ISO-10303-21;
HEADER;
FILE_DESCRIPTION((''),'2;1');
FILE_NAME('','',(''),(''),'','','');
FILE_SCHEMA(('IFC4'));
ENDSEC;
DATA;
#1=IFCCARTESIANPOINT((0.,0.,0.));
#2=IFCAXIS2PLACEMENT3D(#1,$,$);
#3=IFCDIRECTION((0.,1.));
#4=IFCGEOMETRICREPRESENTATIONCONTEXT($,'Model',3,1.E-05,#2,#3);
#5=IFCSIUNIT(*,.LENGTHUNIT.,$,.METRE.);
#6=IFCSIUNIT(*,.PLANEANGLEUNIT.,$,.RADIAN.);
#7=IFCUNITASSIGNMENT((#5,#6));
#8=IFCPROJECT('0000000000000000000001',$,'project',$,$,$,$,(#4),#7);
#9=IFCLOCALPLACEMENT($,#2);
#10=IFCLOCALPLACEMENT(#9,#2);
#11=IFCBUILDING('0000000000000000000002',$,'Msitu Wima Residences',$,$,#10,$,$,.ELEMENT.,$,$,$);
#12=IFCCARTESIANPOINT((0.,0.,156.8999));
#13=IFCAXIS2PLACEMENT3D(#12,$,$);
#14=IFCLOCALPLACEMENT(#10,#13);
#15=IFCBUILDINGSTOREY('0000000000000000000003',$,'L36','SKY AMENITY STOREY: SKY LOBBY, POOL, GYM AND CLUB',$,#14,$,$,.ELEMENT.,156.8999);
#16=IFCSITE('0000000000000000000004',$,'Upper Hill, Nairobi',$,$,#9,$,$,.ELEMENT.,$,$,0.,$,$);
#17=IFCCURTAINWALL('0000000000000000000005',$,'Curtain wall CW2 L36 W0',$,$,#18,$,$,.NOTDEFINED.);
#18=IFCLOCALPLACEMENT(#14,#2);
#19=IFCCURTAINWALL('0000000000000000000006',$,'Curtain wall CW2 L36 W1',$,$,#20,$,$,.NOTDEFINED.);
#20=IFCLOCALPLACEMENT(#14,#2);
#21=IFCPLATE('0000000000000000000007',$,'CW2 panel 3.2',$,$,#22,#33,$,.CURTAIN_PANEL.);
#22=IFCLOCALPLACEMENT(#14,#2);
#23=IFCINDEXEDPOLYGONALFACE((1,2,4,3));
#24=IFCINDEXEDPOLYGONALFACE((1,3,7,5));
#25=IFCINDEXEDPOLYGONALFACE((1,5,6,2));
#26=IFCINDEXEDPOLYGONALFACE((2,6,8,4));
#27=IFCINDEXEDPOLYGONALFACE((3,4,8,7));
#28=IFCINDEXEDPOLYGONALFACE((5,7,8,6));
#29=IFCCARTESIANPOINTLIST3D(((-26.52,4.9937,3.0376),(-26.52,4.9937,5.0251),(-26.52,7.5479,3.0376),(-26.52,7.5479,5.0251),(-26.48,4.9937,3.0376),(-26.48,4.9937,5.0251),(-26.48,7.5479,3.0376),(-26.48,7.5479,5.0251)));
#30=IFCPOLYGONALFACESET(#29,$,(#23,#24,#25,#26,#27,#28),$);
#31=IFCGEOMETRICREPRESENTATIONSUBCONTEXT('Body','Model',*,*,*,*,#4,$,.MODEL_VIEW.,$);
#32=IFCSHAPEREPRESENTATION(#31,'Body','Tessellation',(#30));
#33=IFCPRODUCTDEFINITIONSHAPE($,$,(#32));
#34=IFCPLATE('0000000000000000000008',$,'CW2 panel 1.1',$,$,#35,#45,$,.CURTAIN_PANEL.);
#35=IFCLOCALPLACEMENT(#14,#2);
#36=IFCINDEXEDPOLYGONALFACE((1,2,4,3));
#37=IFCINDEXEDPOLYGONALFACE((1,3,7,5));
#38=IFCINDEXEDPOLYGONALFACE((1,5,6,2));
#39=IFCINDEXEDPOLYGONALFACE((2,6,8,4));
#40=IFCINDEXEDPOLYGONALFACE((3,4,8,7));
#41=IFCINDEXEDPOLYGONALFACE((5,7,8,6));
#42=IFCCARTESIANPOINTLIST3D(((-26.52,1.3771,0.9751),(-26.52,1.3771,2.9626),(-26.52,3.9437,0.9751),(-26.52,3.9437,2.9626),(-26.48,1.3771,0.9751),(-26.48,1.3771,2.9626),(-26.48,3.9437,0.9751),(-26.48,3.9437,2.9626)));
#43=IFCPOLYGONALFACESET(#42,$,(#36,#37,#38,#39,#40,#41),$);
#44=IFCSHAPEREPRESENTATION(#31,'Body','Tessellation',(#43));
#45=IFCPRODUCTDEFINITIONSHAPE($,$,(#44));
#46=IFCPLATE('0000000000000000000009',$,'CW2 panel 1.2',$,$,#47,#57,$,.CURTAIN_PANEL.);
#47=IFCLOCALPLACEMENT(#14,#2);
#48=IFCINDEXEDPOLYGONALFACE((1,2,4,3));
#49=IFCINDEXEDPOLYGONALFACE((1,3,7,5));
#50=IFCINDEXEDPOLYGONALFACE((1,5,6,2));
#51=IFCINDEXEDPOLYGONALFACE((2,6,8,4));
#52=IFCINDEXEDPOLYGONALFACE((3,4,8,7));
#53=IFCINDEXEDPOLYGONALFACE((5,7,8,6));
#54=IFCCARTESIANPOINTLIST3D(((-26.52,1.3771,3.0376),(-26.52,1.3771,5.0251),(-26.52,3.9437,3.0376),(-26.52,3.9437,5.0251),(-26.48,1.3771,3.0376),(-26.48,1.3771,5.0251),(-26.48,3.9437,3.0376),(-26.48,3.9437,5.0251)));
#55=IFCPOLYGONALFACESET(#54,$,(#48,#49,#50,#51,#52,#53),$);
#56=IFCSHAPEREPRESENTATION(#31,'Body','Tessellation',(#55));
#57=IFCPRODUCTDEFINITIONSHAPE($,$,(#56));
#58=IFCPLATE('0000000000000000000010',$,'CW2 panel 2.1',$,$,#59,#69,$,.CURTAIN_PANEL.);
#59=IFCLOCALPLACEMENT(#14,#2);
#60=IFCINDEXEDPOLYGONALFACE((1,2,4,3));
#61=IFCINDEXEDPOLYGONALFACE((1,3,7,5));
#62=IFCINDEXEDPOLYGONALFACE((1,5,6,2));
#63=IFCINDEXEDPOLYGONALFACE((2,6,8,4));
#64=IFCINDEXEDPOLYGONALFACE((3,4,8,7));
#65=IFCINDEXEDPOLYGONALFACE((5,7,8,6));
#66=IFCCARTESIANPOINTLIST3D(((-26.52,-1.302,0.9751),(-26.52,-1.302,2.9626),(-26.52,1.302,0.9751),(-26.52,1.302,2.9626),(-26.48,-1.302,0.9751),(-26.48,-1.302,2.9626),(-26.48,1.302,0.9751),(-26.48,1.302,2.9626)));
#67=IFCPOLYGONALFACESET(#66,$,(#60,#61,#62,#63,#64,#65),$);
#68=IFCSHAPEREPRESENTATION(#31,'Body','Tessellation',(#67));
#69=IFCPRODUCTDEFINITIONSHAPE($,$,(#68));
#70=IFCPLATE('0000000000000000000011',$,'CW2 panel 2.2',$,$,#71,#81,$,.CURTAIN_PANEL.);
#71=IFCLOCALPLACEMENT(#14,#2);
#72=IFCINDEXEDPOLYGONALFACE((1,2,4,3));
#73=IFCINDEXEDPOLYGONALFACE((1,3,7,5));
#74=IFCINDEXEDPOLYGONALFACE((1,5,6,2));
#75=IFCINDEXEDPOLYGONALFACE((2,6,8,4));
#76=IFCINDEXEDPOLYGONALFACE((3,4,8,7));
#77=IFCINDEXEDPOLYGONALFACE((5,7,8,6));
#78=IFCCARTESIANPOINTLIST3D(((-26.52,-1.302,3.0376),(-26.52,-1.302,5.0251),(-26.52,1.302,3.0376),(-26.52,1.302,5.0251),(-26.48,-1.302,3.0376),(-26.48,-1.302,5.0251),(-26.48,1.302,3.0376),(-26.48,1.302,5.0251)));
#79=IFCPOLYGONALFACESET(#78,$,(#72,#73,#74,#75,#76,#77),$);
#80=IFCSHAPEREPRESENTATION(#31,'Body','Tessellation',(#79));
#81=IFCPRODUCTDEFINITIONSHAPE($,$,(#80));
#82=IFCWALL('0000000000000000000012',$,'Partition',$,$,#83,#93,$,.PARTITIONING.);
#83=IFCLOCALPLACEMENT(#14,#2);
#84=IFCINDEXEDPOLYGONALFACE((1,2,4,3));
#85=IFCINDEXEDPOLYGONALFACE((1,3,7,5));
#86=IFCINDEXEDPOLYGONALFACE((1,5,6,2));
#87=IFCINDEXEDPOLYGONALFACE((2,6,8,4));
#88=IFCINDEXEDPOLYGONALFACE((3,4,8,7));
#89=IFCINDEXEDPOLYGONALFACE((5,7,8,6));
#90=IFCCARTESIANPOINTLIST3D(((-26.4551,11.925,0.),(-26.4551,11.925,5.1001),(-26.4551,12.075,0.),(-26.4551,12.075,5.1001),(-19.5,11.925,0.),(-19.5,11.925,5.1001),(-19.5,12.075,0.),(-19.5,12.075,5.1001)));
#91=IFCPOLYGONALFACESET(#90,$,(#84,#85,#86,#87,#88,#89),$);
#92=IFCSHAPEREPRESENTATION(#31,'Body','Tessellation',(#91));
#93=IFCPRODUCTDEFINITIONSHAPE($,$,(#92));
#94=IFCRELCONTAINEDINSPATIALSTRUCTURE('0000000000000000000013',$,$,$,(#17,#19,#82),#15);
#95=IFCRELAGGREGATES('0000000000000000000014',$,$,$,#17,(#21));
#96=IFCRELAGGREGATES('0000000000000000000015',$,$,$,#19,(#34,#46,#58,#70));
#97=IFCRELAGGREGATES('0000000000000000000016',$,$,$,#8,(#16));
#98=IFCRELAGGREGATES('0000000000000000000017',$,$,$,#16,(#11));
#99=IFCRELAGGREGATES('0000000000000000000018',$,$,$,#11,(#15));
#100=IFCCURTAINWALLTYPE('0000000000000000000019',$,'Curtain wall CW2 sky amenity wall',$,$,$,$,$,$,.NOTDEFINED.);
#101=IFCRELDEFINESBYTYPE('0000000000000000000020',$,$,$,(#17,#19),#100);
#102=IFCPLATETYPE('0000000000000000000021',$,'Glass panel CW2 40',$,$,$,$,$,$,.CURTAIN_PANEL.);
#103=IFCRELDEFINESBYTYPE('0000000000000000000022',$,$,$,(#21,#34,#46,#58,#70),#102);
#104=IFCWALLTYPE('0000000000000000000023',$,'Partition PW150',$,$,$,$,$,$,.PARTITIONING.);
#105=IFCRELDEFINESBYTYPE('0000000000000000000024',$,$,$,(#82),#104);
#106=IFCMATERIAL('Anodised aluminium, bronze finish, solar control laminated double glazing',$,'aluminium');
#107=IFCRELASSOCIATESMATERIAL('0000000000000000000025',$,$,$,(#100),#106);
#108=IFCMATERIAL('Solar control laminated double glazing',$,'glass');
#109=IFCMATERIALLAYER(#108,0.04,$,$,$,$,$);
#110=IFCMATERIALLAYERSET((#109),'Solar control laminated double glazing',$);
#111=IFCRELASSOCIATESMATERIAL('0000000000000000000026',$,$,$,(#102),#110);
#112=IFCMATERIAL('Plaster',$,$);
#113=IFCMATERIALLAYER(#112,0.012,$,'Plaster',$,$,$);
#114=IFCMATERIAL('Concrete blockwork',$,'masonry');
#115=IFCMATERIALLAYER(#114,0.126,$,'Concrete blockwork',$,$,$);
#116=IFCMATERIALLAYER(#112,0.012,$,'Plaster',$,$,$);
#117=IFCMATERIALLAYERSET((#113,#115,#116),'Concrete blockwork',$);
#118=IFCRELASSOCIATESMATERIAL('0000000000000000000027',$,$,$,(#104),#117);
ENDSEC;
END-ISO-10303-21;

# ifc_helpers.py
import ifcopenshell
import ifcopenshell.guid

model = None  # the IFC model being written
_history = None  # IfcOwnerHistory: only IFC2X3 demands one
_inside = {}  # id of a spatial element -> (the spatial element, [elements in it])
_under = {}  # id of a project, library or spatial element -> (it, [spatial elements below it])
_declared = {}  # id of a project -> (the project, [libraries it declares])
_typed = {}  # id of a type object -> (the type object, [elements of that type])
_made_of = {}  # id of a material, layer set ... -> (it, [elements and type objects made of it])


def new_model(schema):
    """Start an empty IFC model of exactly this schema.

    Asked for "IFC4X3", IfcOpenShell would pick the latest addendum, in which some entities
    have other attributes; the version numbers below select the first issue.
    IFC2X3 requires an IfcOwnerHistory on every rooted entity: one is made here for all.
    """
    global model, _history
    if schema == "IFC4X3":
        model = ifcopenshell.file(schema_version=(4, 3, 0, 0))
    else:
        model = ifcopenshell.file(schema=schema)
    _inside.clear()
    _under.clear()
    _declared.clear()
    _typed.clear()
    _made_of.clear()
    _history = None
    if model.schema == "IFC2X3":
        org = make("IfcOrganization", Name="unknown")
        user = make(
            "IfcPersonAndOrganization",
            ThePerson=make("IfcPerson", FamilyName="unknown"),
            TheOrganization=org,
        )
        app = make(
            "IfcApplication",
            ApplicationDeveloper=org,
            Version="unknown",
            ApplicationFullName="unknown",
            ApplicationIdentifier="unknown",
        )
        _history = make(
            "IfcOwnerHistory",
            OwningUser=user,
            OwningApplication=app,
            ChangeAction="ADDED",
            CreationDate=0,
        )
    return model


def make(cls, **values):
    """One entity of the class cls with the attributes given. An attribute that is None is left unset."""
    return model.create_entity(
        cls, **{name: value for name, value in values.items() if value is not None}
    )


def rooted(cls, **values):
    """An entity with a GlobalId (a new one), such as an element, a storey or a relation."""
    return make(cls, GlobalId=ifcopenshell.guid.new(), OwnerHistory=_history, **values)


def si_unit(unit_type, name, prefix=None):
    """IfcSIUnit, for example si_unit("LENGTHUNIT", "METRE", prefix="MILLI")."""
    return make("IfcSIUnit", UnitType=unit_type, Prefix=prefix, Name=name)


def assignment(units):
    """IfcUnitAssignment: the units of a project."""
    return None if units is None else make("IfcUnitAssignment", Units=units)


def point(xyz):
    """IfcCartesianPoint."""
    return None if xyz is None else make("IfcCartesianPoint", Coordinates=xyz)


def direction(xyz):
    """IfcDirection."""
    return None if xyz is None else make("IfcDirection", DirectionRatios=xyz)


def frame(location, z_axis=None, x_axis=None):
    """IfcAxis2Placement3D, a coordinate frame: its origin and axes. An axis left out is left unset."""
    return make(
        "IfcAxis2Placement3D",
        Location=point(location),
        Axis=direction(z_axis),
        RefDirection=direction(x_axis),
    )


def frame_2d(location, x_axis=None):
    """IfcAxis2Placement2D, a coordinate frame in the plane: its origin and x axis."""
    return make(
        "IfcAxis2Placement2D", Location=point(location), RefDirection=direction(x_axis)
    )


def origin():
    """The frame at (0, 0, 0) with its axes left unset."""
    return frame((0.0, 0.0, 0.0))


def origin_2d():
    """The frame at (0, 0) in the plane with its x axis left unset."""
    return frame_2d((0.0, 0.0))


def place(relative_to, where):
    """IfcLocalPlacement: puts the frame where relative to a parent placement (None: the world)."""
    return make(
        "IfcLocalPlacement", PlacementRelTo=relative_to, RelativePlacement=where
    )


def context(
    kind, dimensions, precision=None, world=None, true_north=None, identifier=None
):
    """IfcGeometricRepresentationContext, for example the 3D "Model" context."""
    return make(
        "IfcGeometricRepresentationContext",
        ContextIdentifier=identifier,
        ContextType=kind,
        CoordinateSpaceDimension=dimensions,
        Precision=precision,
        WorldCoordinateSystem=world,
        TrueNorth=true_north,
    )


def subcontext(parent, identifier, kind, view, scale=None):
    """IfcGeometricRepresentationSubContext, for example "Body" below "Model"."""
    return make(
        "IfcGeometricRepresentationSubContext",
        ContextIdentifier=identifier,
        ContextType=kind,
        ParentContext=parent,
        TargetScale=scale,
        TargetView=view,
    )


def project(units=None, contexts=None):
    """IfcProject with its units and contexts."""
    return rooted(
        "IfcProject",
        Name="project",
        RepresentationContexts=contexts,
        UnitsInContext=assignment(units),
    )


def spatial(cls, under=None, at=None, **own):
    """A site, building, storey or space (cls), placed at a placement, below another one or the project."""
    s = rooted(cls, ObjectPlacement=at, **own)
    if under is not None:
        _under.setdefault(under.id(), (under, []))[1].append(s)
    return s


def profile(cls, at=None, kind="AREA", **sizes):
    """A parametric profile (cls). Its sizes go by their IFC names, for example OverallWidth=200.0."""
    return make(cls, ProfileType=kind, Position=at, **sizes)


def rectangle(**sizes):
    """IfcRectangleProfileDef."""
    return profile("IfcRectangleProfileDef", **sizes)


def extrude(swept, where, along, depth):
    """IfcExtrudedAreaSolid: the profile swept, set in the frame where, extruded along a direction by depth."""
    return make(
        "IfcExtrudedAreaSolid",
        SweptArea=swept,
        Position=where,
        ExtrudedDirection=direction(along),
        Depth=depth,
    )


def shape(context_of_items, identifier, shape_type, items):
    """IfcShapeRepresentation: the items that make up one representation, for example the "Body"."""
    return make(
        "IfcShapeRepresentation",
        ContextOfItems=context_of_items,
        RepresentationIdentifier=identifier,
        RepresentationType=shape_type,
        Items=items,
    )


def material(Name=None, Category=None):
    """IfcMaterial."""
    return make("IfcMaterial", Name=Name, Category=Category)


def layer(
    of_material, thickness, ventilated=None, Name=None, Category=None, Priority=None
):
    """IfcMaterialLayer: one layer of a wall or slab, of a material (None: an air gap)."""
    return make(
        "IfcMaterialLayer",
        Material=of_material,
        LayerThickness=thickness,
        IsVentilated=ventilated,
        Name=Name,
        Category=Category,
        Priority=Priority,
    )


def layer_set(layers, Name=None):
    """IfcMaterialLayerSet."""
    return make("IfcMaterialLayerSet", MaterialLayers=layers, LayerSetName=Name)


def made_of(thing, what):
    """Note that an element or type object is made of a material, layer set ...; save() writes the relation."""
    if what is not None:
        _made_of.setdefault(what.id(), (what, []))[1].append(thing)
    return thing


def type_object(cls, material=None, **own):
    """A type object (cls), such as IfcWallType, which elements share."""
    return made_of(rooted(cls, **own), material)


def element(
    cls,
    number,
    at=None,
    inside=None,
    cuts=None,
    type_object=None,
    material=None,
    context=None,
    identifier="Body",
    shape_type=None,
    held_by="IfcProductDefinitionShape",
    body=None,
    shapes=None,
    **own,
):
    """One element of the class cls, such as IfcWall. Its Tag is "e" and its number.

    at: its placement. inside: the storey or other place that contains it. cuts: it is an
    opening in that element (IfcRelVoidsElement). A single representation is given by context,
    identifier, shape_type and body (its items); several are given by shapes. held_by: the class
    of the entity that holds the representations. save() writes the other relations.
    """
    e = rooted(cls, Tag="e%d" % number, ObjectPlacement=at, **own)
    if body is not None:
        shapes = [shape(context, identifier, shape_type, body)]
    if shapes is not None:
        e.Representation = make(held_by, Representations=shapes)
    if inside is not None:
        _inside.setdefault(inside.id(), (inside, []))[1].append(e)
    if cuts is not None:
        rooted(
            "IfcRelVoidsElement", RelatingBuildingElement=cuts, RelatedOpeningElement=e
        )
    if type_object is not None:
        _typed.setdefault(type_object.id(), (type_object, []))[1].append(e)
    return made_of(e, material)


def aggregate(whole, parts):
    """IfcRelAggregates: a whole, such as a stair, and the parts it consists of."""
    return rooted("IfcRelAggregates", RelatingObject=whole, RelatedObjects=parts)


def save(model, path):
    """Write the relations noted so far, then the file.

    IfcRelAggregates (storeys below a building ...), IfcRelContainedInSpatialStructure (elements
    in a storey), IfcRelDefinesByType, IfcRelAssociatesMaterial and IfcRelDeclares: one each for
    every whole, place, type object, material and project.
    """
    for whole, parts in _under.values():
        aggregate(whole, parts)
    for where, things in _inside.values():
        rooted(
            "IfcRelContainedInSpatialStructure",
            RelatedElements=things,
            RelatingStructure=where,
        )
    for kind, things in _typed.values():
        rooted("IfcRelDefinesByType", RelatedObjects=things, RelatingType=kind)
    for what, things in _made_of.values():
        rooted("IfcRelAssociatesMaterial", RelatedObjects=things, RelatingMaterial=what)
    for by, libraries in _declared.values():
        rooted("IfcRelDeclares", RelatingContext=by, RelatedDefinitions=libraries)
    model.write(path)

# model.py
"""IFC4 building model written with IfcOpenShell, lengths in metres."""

from ifc_helpers import new_model, si_unit, direction, frame, frame_2d, origin, origin_2d, place, context, subcontext, project, spatial, rectangle, extrude, material, layer, layer_set, type_object, element, aggregate, save


model = new_model("IFC4")

# Units and contexts
model_context = context("Model", 3, precision=1e-05, world=origin(), true_north=direction((0.0, 1.0)))
body_context = subcontext(model_context, "Body", "Model", "MODEL_VIEW")
ifc_project = project(units=[si_unit("LENGTHUNIT", "METRE"), si_unit("PLANEANGLEUNIT", "RADIAN")], contexts=[model_context])

# Site, building, storey
site_placement = place(None, origin())
site = spatial("IfcSite", under=ifc_project, at=site_placement, Name="Upper Hill, Nairobi", CompositionType="ELEMENT", RefElevation=0.0)
building_placement = place(site_placement, origin())
building = spatial("IfcBuilding", under=site, at=building_placement, Name="Msitu Wima Residences", CompositionType="ELEMENT")
storey_placement = place(building_placement, frame((0.0, 0.0, 156.8999)))
storey = spatial("IfcBuildingStorey", under=building, at=storey_placement, Name="L36", Description="SKY AMENITY STOREY: SKY LOBBY, POOL, GYM AND CLUB", CompositionType="ELEMENT", Elevation=156.8999)

# Curtain walls
ifc_material_1 = material(Name="Anodised aluminium, bronze finish, solar control laminated double glazing", Category="aluminium")
curtain_wall_type = type_object("IfcCurtainWallType", Name="Curtain wall CW2 sky amenity wall", PredefinedType="NOTDEFINED", material=ifc_material_1)
curtain_wall_1_placement = place(storey_placement, origin())
curtain_wall_1 = element("IfcCurtainWall", 1, at=curtain_wall_1_placement, inside=storey, type_object=curtain_wall_type, Name="Curtain wall CW2 L36 W0", PredefinedType="NOTDEFINED")
curtain_wall_2_placement = place(storey_placement, origin())
curtain_wall_2 = element("IfcCurtainWall", 2, at=curtain_wall_2_placement, inside=storey, type_object=curtain_wall_type, Name="Curtain wall CW2 L36 W1", PredefinedType="NOTDEFINED")

# Plates
ifc_material_2 = material(Name="Solar control laminated double glazing", Category="glass")
ifc_layer_1 = layer(ifc_material_2, 0.04)
ifc_layer_set_1 = layer_set([ifc_layer_1], Name="Solar control laminated double glazing")
plate_type = type_object("IfcPlateType", Name="Glass panel CW2 40", PredefinedType="CURTAIN_PANEL", material=ifc_layer_set_1)
plate_1_placement = place(storey_placement, frame((-26.5, 6.2708, 3.0376), z_axis=(0.0, 0.0, 1.0), x_axis=(0.0, -1.0, 0.0)))
plate_1 = element("IfcPlate", 3, at=plate_1_placement, type_object=plate_type, Name="CW2 panel 3.2", PredefinedType="CURTAIN_PANEL", context=body_context, shape_type="SweptSolid", body=[
    extrude(rectangle(XDim=2.5542, YDim=0.04, at=origin_2d()), origin(), (0.0, 0.0, 1.0), 1.9875),
])
aggregate(curtain_wall_1, [plate_1])
plate_2_placement = place(storey_placement, frame((-26.5, 2.6604, 0.9751), z_axis=(0.0, 0.0, 1.0), x_axis=(0.0, -1.0, 0.0)))
plate_2 = element("IfcPlate", 4, at=plate_2_placement, type_object=plate_type, Name="CW2 panel 1.1", PredefinedType="CURTAIN_PANEL", context=body_context, shape_type="SweptSolid", body=[
    extrude(rectangle(XDim=2.5667, YDim=0.04, at=origin_2d()), origin(), (0.0, 0.0, 1.0), 1.9875),
])
plate_3_placement = place(storey_placement, frame((-26.5, 2.6604, 3.0376), z_axis=(0.0, 0.0, 1.0), x_axis=(0.0, -1.0, 0.0)))
plate_3 = element("IfcPlate", 5, at=plate_3_placement, type_object=plate_type, Name="CW2 panel 1.2", PredefinedType="CURTAIN_PANEL", context=body_context, shape_type="SweptSolid", body=[
    extrude(rectangle(XDim=2.5667, YDim=0.04, at=origin_2d()), origin(), (0.0, 0.0, 1.0), 1.9875),
])
plate_4_placement = place(storey_placement, frame((-26.5, 0.0, 0.9751), z_axis=(0.0, 0.0, 1.0), x_axis=(0.0, -1.0, 0.0)))
plate_4 = element("IfcPlate", 6, at=plate_4_placement, type_object=plate_type, Name="CW2 panel 2.1", PredefinedType="CURTAIN_PANEL", context=body_context, shape_type="SweptSolid", body=[
    extrude(rectangle(XDim=2.604, YDim=0.04, at=origin_2d()), origin(), (0.0, 0.0, 1.0), 1.9875),
])
plate_5_placement = place(storey_placement, frame((-26.5, 0.0, 3.0376), z_axis=(0.0, 0.0, 1.0), x_axis=(0.0, -1.0, 0.0)))
plate_5 = element("IfcPlate", 7, at=plate_5_placement, type_object=plate_type, Name="CW2 panel 2.2", PredefinedType="CURTAIN_PANEL", context=body_context, shape_type="SweptSolid", body=[
    extrude(rectangle(XDim=2.604, YDim=0.04, at=origin_2d()), origin(), (0.0, 0.0, 1.0), 1.9875),
])
aggregate(curtain_wall_2, [plate_2, plate_3, plate_4, plate_5])

# Wall
ifc_material_3 = material(Name="Plaster")
ifc_layer_2 = layer(ifc_material_3, 0.012, Name="Plaster")
ifc_material_4 = material(Name="Concrete blockwork", Category="masonry")
ifc_layer_3 = layer(ifc_material_4, 0.126, Name="Concrete blockwork")
ifc_layer_4 = layer(ifc_material_3, 0.012, Name="Plaster")
ifc_layer_set_2 = layer_set([ifc_layer_2, ifc_layer_3, ifc_layer_4], Name="Concrete blockwork")
wall_type = type_object("IfcWallType", Name="Partition PW150", PredefinedType="PARTITIONING", material=ifc_layer_set_2)
wall_placement = place(storey_placement, frame((-26.4551, 12.0, 0.0), z_axis=(0.0, 0.0, 1.0), x_axis=(1.0, 0.0, 0.0)))
element("IfcWall", 8, at=wall_placement, inside=storey, type_object=wall_type, Name="Partition", PredefinedType="PARTITIONING", context=body_context, shape_type="SweptSolid", body=[
    extrude(rectangle(XDim=6.9551, YDim=0.1499, at=frame_2d((3.4775, 0.0))), origin(), (0.0, 0.0, 1.0), 5.1001),
])

save(model, "model.ifc")
